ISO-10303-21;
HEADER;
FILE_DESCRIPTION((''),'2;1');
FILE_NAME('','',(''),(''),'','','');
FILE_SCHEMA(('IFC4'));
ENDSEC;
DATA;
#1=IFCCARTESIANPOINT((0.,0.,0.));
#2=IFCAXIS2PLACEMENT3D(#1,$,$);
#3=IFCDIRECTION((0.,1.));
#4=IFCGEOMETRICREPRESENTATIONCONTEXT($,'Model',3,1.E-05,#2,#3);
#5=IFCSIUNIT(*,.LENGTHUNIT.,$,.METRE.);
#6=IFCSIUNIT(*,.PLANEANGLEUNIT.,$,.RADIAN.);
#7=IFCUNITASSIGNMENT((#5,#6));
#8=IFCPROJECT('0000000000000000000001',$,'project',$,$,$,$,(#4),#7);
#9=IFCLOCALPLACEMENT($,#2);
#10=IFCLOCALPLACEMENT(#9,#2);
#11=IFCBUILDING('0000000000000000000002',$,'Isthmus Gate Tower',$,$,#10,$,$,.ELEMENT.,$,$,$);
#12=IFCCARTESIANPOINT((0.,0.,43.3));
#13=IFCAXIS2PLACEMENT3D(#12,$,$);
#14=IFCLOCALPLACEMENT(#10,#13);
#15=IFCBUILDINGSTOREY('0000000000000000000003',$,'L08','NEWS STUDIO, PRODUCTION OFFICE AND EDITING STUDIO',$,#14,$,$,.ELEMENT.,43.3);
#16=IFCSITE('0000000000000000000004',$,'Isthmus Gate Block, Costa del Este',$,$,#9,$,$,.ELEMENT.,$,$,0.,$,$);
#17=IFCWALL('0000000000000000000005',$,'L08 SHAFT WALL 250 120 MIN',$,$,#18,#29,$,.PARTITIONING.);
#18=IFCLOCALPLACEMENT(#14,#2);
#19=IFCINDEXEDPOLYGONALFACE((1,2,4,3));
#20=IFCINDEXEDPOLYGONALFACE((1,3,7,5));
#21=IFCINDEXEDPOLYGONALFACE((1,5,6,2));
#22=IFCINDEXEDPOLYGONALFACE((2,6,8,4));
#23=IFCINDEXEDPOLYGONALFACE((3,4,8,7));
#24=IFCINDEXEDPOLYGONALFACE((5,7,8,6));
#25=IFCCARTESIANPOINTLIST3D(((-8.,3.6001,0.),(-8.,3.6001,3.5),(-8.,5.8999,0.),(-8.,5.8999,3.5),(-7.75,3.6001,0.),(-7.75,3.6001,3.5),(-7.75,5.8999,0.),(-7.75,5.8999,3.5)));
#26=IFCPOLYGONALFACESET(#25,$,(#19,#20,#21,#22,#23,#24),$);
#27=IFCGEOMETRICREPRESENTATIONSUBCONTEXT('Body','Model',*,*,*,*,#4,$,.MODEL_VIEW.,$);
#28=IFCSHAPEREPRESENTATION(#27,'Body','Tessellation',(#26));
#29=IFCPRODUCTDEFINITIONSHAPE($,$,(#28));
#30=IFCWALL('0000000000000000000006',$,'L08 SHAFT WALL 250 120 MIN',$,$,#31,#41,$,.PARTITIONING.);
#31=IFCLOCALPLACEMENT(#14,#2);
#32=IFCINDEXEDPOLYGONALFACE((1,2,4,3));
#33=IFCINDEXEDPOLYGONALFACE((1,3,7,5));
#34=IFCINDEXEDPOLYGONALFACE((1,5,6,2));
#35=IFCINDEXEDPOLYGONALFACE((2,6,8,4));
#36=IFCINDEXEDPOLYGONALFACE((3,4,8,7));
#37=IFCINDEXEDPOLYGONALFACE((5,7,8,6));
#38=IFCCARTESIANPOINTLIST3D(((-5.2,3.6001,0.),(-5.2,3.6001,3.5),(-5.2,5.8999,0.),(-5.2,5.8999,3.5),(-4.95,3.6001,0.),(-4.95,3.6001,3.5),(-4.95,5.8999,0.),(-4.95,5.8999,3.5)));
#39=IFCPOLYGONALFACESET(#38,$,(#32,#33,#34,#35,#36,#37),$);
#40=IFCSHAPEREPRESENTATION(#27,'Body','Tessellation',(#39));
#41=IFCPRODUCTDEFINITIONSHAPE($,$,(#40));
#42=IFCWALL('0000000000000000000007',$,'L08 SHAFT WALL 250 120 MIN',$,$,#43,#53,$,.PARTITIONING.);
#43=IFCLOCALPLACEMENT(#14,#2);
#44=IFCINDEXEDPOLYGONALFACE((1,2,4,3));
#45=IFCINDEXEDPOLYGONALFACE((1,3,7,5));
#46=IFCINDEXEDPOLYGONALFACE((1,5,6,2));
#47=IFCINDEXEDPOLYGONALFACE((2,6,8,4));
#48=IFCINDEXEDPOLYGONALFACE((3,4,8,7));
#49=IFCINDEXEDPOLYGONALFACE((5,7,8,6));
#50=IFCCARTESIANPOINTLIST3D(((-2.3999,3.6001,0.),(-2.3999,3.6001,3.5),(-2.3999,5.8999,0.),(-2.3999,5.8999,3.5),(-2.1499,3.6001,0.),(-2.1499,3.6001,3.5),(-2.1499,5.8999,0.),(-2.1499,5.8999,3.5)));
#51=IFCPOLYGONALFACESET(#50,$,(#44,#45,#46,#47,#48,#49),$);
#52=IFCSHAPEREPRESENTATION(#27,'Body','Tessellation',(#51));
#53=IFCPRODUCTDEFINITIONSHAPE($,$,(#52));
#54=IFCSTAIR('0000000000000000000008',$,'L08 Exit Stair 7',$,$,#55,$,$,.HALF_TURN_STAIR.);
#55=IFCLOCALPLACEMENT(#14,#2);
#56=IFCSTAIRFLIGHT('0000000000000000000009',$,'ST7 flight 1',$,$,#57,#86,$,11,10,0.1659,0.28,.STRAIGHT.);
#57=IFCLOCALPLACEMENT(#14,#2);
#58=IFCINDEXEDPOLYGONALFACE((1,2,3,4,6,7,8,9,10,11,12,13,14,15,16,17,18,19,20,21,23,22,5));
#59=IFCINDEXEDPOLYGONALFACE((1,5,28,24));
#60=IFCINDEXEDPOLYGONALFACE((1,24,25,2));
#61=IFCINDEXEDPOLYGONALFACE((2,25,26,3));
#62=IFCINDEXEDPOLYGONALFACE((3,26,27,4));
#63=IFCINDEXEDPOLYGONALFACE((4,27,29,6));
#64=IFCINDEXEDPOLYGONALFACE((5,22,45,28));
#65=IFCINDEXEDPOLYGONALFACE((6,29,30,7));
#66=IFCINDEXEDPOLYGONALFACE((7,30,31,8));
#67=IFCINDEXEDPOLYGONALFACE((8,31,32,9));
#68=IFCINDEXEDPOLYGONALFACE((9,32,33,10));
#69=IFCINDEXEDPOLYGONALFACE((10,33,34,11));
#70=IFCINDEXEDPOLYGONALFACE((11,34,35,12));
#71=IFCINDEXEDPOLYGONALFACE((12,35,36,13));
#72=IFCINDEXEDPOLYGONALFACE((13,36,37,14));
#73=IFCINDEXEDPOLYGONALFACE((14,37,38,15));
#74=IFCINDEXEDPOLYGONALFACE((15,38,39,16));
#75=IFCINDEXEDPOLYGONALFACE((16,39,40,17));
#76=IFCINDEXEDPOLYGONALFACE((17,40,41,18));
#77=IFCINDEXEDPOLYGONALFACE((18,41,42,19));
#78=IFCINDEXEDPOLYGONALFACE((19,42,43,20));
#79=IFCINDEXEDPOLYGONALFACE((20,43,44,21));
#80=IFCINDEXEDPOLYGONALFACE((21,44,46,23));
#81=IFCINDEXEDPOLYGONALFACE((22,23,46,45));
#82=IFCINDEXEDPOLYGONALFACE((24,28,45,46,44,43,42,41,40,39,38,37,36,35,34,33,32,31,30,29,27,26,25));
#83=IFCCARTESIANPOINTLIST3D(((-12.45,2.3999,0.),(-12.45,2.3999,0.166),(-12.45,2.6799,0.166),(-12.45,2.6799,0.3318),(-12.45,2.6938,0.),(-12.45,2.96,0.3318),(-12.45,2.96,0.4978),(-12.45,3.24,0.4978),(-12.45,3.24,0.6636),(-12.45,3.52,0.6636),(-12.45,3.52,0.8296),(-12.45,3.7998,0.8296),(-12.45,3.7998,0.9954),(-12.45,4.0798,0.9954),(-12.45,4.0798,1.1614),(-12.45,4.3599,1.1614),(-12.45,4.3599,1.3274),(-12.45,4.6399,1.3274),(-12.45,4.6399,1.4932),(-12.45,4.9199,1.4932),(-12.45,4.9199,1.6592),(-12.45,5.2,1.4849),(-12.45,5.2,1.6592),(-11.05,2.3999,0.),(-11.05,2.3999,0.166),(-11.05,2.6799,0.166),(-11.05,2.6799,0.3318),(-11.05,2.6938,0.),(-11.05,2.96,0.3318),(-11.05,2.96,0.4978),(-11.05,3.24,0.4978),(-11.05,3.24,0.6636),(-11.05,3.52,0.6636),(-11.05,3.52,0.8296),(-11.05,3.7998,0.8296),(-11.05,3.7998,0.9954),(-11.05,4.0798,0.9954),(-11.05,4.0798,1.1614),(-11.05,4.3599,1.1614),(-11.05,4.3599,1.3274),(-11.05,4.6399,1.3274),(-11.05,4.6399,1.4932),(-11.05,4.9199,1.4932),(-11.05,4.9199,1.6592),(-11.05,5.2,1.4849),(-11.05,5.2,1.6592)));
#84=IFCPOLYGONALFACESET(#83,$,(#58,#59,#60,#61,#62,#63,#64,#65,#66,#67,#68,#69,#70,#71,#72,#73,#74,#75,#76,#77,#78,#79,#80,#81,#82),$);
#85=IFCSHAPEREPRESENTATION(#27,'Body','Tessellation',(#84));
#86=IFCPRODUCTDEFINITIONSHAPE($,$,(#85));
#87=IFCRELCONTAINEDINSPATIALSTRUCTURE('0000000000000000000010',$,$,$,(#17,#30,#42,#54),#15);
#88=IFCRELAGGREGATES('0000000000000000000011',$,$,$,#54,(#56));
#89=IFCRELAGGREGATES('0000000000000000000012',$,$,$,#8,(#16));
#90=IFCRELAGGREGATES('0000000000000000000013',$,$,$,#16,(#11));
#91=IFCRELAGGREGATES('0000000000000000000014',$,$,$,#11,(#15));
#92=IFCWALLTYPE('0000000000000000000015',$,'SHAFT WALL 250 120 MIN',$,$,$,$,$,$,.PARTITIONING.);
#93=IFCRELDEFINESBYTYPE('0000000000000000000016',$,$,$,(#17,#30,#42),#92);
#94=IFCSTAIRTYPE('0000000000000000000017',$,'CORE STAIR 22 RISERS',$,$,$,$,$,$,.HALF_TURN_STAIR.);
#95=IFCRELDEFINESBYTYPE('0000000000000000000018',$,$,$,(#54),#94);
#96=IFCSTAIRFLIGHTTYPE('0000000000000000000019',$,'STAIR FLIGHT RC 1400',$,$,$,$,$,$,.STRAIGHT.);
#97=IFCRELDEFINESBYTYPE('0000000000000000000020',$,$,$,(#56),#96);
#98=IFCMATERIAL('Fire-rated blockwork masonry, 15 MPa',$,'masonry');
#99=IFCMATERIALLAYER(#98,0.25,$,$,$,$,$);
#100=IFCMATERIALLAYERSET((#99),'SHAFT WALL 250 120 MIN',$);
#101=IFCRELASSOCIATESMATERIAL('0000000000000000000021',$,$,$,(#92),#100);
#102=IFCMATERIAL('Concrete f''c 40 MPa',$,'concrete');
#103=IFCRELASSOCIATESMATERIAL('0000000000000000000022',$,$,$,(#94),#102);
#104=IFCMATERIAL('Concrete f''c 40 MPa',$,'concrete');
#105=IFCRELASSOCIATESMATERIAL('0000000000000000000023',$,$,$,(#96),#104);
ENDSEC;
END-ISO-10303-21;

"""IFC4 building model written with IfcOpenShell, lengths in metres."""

from ifc_helpers import new_model, si_unit, direction, frame, frame_2d, origin, place, context, subcontext, project, spatial, polyline, rectangle, outline, extrude, material, layer, layer_set, type_object, element, aggregate, save


model = new_model("IFC4")

# Units and contexts
model_context = context("Model", 3, precision=1e-05, world=origin(), true_north=direction((0.0, 1.0)))
body_context = subcontext(model_context, "Body", "Model", "MODEL_VIEW")
ifc_project = project(units=[si_unit("LENGTHUNIT", "METRE"), si_unit("PLANEANGLEUNIT", "RADIAN")], contexts=[model_context])

# Site, building, storey
site_placement = place(None, origin())
site = spatial("IfcSite", under=ifc_project, at=site_placement, Name="Isthmus Gate Block, Costa del Este", CompositionType="ELEMENT", RefElevation=0.0)
building_placement = place(site_placement, origin())
building = spatial("IfcBuilding", under=site, at=building_placement, Name="Isthmus Gate Tower", CompositionType="ELEMENT")
storey_placement = place(building_placement, frame((0.0, 0.0, 43.3)))
storey = spatial("IfcBuildingStorey", under=building, at=storey_placement, Name="L08", Description="NEWS STUDIO, PRODUCTION OFFICE AND EDITING STUDIO", CompositionType="ELEMENT", Elevation=43.3)

# Walls
ifc_material_1 = material(Name="Fire-rated blockwork masonry, 15 MPa", Category="masonry")
ifc_layer_1 = layer(ifc_material_1, 0.25)
ifc_layer_set_1 = layer_set([ifc_layer_1], Name="SHAFT WALL 250 120 MIN")
wall_type_1 = type_object("IfcWallType", Name="SHAFT WALL 250 120 MIN", PredefinedType="PARTITIONING", material=ifc_layer_set_1)
for number, where, z_axis, x_axis, name in (
    (1, (-7.875, 3.6001, 0.0), (0.0, 0.0, 1.0), (0.0, 1.0, 0.0), "L08 SHAFT WALL 250 120 MIN"),
    (2, (-5.075, 3.6001, 0.0), (0.0, 0.0, 1.0), (0.0, 1.0, 0.0), "L08 SHAFT WALL 250 120 MIN"),
    (3, (-2.2749, 3.6001, 0.0), (0.0, 0.0, 1.0), (0.0, 1.0, 0.0), "L08 SHAFT WALL 250 120 MIN"),
):
    element("IfcWall", number, at=place(storey_placement, frame(where, z_axis=z_axis, x_axis=x_axis)), inside=storey, type_object=wall_type_1, Name=name, PredefinedType="PARTITIONING", context=body_context, shape_type="SweptSolid", body=[
        extrude(rectangle(XDim=2.2998, YDim=0.25, at=frame_2d((1.1499, 0.0))), origin(), (0.0, 0.0, 1.0), 3.5),
    ])

# Stair, stair flight
ifc_material_2 = material(Name="Concrete f'c 40 MPa", Category="concrete")
stair_type = type_object("IfcStairType", Name="CORE STAIR 22 RISERS", PredefinedType="HALF_TURN_STAIR", material=ifc_material_2)
stair_placement = place(storey_placement, origin())
stair = element("IfcStair", 4, at=stair_placement, inside=storey, type_object=stair_type, Name="L08 Exit Stair 7", PredefinedType="HALF_TURN_STAIR")
ifc_material_3 = material(Name="Concrete f'c 40 MPa", Category="concrete")
stair_flight_type = type_object("IfcStairFlightType", Name="STAIR FLIGHT RC 1400", PredefinedType="STRAIGHT", material=ifc_material_3)
stair_flight_placement = place(storey_placement, frame((-11.75, 2.3999, 0.0), z_axis=(0.0, 0.0, 1.0), x_axis=(0.0, 1.0, 0.0)))
stair_flight = element("IfcStairFlight", 5, at=stair_flight_placement, type_object=stair_flight_type, Name="ST7 flight 1", NumberOfRisers=11, NumberOfTreads=10, PredefinedType="STRAIGHT", RiserHeight=0.1659, TreadLength=0.28, context=body_context, shape_type="SweptSolid", body=[
    extrude(outline(polyline([(0.0, 0.0), (0.0, 0.166), (0.28, 0.166), (0.28, 0.3318), (0.5601, 0.3318), (0.5601, 0.4978), (0.8401, 0.4978), (0.8401, 0.6636), (1.1201, 0.6636), (1.1201, 0.8296), (1.3999, 0.8296), (1.3999, 0.9954), (1.6799, 0.9954), (1.6799, 1.1614), (1.96, 1.1614), (1.96, 1.3274), (2.24, 1.3274), (2.24, 1.4932), (2.52, 1.4932), (2.52, 1.6592), (2.8, 1.6592), (2.8, 1.825), (2.8, 1.4849), (0.2939, 0.0), (0.0, 0.0)])), frame((0.0, 0.7, 0.0), z_axis=(0.0, -1.0, 0.0), x_axis=(1.0, 0.0, 0.0)), (0.0, 0.0, 1.0), 1.3999),
])
aggregate(stair, [stair_flight])

save(model, "model.ifc")
